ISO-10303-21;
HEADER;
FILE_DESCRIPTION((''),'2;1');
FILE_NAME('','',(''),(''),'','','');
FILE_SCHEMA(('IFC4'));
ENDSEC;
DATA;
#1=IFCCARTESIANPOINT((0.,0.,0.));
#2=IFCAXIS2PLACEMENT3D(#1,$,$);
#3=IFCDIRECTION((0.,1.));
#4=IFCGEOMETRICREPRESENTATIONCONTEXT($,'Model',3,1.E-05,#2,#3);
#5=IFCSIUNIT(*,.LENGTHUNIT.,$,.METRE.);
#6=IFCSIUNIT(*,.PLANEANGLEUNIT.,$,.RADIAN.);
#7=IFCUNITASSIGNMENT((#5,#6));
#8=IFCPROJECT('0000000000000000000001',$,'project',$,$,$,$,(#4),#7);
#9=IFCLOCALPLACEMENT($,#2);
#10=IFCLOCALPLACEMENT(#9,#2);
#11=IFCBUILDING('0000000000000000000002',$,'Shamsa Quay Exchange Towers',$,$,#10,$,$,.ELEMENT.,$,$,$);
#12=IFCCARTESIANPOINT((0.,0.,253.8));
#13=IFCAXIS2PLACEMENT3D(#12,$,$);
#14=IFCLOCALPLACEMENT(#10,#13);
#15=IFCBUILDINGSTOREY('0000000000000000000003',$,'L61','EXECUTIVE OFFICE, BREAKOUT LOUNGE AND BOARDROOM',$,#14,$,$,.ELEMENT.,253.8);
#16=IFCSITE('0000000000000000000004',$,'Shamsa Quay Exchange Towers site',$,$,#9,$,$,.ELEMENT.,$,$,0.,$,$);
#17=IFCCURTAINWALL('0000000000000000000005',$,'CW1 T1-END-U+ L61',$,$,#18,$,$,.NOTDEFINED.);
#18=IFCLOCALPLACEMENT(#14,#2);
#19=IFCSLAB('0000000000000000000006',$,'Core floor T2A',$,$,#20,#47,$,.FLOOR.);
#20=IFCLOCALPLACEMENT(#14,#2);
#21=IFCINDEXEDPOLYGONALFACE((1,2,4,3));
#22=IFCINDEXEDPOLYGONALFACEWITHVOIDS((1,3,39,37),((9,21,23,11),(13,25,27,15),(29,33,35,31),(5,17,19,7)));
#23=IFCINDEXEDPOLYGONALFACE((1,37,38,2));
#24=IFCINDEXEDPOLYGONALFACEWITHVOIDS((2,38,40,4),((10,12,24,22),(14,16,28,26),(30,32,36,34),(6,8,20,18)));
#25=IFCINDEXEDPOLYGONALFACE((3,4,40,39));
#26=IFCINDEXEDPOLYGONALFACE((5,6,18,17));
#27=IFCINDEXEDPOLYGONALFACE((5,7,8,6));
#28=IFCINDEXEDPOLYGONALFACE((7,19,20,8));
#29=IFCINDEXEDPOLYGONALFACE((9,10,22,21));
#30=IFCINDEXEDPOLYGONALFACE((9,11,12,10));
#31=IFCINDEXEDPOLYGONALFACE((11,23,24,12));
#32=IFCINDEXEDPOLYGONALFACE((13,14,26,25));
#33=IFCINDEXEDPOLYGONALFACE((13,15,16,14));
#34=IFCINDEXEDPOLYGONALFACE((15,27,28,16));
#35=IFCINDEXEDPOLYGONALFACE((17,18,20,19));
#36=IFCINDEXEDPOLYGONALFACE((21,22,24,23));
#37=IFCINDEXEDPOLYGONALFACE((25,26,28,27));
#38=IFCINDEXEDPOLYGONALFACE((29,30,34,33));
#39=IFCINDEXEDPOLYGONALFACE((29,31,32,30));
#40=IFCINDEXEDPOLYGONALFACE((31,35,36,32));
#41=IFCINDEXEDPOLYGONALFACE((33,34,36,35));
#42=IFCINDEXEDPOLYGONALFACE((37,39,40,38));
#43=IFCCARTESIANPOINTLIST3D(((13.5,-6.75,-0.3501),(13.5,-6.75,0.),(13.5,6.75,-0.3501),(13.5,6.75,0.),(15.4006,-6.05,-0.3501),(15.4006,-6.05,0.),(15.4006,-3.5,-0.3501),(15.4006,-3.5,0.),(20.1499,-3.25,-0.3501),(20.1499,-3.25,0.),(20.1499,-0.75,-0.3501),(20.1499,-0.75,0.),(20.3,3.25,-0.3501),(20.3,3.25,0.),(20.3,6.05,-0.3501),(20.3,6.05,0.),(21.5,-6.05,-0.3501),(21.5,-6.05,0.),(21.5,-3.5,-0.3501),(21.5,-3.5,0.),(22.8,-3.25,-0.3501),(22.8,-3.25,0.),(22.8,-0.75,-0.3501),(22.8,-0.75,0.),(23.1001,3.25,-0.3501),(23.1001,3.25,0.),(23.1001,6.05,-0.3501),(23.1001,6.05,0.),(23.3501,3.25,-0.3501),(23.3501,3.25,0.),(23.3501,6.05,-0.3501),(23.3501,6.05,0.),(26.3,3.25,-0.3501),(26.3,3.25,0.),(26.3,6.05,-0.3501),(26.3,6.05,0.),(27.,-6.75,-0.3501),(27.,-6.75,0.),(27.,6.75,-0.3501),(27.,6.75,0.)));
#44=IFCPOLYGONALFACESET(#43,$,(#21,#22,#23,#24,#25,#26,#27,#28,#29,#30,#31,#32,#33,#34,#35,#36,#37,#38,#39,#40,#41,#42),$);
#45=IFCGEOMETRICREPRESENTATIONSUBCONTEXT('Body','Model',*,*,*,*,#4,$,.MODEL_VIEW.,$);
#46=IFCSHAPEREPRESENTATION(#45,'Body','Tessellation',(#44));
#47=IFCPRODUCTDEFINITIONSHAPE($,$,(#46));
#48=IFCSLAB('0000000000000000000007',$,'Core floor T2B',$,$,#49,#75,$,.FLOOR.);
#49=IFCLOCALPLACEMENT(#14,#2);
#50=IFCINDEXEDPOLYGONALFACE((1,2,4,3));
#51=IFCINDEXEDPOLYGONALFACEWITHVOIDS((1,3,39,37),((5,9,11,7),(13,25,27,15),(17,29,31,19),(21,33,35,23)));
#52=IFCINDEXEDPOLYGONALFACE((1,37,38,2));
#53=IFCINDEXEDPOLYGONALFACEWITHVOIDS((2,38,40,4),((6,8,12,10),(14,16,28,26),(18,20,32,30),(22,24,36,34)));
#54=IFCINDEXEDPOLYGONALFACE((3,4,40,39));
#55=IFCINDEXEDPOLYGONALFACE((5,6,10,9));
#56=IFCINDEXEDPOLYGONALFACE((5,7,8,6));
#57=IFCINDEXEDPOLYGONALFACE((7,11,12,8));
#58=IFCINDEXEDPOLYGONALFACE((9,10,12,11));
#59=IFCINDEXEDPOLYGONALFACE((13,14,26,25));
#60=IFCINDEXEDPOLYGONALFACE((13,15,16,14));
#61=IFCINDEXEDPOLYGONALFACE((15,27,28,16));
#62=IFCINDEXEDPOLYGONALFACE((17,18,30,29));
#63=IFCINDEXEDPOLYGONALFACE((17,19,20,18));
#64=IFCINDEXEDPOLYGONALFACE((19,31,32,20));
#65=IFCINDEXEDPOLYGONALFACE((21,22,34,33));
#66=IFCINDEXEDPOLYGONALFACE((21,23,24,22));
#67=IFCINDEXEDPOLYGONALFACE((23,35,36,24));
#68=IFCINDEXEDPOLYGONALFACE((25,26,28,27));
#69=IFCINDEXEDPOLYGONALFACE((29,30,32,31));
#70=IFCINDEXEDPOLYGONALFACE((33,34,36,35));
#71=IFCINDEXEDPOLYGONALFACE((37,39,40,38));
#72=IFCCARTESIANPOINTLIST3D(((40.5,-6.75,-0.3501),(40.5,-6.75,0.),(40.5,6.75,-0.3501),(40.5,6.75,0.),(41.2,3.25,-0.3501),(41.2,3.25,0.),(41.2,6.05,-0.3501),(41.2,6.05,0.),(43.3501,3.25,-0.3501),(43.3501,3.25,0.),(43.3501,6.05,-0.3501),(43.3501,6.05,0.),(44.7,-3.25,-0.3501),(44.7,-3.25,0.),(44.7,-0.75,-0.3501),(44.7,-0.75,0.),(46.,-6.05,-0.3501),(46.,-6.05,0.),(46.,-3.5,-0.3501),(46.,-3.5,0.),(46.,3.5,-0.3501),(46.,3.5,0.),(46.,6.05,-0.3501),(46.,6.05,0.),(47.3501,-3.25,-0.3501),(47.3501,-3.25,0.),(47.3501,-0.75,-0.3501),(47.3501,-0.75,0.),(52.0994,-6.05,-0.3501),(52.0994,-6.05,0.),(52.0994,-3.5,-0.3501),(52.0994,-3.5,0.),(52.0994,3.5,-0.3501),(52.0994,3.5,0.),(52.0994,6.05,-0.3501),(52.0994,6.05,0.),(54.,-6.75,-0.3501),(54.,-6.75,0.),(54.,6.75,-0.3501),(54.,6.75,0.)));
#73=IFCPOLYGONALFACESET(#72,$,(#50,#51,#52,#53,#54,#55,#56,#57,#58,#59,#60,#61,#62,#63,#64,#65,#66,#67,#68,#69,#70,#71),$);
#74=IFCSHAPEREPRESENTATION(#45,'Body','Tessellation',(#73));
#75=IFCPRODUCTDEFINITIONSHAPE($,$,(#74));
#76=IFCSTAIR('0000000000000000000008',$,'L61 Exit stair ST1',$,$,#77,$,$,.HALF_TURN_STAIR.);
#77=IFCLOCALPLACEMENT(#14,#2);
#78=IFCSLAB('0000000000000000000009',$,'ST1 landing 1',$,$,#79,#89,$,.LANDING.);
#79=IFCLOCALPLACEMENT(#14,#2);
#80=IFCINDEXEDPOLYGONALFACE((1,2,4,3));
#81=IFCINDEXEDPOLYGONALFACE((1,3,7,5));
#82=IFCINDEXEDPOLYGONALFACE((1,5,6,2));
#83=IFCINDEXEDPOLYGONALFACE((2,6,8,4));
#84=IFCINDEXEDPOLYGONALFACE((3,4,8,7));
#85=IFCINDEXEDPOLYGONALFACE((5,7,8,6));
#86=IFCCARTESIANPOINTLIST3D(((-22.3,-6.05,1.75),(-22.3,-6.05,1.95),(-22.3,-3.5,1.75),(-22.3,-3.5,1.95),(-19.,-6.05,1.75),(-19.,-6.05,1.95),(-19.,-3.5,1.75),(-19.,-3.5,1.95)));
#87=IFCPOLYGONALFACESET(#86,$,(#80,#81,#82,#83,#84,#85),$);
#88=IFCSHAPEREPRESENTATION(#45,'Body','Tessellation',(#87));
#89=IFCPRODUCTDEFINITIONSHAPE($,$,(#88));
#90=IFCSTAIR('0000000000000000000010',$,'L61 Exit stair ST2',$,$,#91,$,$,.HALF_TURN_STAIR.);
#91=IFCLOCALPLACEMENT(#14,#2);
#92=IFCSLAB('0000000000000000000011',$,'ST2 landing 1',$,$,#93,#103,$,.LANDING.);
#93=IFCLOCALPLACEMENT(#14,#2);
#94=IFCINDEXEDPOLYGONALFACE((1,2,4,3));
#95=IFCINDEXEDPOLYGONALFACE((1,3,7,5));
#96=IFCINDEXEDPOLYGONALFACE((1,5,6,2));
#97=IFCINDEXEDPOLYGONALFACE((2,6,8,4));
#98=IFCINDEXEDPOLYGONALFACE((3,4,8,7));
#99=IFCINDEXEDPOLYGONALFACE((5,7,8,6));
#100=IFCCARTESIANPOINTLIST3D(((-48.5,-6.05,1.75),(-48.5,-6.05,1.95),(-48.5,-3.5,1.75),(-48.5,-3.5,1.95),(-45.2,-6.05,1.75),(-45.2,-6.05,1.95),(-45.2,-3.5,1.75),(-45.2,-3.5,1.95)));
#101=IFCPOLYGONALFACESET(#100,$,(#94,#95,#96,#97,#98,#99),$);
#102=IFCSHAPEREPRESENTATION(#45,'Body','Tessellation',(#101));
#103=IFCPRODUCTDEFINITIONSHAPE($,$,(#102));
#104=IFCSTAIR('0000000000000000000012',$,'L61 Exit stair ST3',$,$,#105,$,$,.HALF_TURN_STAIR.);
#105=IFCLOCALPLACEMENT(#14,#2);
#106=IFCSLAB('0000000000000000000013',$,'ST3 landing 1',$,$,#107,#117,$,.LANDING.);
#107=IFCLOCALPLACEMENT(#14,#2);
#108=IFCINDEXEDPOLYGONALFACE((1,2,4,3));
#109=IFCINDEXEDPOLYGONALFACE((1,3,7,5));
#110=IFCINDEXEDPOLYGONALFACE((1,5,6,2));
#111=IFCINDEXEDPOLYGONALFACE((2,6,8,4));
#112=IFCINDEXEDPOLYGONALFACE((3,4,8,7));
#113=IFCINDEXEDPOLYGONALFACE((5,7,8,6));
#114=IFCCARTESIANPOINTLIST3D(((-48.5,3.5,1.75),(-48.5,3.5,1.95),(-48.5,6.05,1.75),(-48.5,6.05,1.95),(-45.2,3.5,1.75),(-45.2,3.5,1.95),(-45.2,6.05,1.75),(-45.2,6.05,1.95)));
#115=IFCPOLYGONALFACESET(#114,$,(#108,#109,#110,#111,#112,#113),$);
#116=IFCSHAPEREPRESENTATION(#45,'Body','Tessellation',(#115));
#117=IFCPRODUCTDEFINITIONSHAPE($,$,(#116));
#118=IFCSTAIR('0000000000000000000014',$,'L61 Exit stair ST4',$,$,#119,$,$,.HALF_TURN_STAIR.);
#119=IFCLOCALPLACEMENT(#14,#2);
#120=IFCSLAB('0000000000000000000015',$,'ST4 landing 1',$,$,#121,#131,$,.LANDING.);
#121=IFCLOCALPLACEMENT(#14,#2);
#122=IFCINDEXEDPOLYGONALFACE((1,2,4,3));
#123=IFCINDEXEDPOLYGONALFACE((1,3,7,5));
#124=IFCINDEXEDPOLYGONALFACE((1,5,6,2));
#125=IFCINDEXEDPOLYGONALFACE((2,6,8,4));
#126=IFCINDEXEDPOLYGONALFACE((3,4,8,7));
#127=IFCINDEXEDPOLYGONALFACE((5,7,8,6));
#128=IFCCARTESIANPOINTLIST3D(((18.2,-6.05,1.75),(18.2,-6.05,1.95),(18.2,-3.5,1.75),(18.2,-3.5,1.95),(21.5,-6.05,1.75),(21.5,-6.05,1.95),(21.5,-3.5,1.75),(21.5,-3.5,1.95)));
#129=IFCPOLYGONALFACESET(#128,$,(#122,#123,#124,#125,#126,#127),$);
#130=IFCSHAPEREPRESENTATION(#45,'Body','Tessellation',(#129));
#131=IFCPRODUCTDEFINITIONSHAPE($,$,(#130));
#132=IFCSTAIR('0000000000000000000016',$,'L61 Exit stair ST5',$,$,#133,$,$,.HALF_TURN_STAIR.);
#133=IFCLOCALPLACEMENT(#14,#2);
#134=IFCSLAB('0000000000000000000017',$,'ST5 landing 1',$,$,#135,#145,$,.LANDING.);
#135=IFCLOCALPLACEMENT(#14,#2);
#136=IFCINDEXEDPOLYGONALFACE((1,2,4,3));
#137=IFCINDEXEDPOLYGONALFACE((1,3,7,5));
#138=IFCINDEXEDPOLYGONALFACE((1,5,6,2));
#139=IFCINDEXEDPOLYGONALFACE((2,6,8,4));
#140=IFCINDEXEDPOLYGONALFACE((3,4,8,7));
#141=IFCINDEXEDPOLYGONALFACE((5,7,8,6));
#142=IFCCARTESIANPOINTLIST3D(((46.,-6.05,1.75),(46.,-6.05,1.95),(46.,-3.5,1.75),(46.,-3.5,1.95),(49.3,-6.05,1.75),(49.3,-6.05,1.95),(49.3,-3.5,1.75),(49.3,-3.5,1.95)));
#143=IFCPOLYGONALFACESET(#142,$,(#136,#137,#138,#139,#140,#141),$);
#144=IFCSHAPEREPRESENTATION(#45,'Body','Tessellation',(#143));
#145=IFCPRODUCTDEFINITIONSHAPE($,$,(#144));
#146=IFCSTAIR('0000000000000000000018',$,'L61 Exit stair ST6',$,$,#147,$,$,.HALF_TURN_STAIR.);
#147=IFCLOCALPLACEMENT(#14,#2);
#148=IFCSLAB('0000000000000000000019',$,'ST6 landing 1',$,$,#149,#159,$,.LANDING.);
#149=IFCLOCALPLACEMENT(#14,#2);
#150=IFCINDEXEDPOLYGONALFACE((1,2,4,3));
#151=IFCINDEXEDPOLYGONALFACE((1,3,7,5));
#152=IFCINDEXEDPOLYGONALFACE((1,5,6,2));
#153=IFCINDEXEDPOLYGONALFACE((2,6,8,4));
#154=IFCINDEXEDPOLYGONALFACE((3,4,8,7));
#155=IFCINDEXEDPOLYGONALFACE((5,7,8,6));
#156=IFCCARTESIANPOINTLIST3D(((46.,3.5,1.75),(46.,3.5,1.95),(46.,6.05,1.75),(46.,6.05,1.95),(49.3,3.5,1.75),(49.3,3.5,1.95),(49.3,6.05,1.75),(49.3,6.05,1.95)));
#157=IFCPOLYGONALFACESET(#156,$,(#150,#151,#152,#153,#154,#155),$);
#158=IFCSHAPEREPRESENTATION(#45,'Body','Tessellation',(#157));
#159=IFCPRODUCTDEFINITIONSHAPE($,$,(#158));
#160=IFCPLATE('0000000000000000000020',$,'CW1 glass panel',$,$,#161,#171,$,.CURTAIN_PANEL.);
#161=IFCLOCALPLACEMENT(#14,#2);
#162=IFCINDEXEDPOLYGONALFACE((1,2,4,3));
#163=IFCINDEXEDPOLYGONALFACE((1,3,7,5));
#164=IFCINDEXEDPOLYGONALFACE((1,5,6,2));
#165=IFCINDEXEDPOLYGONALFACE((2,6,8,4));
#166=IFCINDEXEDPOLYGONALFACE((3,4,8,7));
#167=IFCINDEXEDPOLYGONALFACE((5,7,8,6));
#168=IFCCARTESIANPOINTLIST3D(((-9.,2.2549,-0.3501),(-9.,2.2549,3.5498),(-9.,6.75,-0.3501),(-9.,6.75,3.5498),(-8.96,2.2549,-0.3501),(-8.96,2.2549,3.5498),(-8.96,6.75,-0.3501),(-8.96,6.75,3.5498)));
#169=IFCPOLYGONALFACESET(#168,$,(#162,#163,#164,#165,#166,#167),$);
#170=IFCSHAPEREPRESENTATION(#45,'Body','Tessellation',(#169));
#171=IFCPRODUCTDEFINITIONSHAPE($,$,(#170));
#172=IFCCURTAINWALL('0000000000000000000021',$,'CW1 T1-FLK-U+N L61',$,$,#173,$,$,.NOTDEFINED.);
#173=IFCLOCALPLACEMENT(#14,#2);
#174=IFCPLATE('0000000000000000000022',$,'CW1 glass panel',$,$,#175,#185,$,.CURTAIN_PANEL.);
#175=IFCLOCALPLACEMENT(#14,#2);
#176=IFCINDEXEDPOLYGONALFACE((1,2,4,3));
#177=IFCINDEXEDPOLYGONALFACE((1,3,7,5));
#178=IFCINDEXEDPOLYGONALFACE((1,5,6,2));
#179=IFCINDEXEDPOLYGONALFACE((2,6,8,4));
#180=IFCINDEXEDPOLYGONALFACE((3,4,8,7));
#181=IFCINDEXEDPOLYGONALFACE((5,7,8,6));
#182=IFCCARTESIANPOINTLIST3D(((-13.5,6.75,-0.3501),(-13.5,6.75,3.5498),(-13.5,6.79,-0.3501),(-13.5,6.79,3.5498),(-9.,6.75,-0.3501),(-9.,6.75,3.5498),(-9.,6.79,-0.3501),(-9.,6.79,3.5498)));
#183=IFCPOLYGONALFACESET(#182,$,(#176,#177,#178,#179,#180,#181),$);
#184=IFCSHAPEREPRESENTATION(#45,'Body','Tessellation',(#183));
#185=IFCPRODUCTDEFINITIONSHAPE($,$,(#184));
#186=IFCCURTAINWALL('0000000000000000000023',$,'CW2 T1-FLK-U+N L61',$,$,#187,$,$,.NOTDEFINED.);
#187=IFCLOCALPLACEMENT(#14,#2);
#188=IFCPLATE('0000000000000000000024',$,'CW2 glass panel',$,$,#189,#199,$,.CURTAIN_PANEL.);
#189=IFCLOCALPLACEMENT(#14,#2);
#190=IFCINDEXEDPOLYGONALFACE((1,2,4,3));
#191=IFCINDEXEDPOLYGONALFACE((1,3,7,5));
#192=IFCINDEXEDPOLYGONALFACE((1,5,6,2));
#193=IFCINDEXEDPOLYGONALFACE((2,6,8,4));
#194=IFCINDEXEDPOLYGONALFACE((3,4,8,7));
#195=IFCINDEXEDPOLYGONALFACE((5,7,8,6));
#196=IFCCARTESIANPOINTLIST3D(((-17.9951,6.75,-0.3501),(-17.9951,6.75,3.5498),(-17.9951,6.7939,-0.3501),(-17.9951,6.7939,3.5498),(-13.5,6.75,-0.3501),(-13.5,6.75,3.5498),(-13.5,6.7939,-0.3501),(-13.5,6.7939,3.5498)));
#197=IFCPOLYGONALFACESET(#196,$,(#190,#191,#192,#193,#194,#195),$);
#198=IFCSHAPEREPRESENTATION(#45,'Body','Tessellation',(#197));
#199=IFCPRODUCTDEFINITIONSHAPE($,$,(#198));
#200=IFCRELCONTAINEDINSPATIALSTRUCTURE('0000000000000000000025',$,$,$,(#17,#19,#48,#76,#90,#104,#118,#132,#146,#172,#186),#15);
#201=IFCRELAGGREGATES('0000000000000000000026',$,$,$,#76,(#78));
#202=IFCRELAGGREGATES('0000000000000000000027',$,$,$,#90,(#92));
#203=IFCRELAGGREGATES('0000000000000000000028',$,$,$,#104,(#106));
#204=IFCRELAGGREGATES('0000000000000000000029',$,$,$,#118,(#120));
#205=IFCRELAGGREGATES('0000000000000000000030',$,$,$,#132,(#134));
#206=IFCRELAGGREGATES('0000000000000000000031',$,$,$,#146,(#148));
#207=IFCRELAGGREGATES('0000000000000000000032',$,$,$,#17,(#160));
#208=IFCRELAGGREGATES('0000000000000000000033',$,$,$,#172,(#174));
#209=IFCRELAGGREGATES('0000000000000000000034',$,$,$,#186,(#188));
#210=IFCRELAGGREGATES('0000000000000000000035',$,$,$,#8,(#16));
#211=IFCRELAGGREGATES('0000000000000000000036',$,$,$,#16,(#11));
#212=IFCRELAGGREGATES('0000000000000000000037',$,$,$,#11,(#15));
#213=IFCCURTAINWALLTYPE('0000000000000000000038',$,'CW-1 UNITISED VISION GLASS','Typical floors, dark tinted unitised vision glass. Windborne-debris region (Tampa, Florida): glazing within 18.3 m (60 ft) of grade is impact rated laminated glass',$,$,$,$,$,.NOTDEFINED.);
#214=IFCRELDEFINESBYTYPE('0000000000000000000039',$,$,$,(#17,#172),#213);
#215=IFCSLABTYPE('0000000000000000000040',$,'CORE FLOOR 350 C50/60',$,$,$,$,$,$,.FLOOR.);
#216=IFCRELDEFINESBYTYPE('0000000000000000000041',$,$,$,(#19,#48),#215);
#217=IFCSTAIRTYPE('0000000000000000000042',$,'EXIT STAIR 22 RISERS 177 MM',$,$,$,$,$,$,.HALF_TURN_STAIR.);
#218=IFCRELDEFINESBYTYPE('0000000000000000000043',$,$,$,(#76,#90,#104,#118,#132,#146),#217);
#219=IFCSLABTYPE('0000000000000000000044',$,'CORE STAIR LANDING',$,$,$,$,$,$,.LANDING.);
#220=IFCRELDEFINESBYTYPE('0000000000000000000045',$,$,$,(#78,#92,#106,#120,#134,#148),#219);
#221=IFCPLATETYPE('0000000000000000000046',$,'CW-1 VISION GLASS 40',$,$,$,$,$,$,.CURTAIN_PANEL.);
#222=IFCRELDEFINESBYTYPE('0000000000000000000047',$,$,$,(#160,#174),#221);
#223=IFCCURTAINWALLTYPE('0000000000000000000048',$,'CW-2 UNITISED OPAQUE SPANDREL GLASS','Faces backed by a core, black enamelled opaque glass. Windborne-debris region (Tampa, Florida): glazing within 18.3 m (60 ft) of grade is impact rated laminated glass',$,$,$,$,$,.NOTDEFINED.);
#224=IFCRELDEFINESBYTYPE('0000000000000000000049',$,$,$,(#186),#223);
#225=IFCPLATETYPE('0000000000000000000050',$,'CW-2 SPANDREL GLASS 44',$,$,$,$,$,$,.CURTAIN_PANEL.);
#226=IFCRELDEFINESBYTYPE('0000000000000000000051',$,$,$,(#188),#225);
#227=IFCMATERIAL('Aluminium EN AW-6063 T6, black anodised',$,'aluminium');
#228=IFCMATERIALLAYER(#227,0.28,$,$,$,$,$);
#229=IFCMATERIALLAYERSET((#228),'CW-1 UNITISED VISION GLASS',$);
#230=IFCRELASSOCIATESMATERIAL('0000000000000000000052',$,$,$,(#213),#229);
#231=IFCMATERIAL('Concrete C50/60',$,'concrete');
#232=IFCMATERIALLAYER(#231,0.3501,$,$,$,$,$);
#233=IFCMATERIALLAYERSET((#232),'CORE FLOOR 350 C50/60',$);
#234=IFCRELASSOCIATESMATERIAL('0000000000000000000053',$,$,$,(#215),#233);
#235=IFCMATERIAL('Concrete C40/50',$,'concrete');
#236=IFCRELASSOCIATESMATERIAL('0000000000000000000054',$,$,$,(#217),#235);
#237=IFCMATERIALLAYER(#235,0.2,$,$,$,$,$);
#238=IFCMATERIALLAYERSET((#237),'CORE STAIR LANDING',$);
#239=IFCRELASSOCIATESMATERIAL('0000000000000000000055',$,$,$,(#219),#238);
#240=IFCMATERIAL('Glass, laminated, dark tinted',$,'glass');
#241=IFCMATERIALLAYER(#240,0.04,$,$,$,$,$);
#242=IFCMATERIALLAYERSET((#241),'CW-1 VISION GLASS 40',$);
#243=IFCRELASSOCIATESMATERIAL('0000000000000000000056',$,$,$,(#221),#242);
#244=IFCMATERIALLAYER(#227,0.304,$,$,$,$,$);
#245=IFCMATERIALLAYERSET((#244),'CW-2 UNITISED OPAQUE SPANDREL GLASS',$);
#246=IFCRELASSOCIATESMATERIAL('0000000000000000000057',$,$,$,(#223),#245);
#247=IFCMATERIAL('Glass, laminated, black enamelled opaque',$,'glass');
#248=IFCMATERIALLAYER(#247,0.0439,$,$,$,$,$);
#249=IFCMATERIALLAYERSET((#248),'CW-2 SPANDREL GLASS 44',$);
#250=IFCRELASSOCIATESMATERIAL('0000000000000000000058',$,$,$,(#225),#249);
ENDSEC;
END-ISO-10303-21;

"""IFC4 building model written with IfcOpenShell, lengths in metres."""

from ifc_helpers import new_model, si_unit, direction, frame, origin, origin_2d, place, context, subcontext, project, spatial, polyline, rectangle, outline, extrude, material, layer, layer_set, type_object, element, aggregate, save


model = new_model("IFC4")

# Units and contexts
model_context = context("Model", 3, precision=1e-05, world=origin(), true_north=direction((0.0, 1.0)))
body_context = subcontext(model_context, "Body", "Model", "MODEL_VIEW")
ifc_project = project(units=[si_unit("LENGTHUNIT", "METRE"), si_unit("PLANEANGLEUNIT", "RADIAN")], contexts=[model_context])

# Site, building, storey
site_placement = place(None, origin())
site = spatial("IfcSite", under=ifc_project, at=site_placement, Name="Shamsa Quay Exchange Towers site", CompositionType="ELEMENT", RefElevation=0.0)
building_placement = place(site_placement, origin())
building = spatial("IfcBuilding", under=site, at=building_placement, Name="Shamsa Quay Exchange Towers", CompositionType="ELEMENT")
storey_placement = place(building_placement, frame((0.0, 0.0, 253.8)))
storey = spatial("IfcBuildingStorey", under=building, at=storey_placement, Name="L61", Description="EXECUTIVE OFFICE, BREAKOUT LOUNGE AND BOARDROOM", CompositionType="ELEMENT", Elevation=253.8)

# Curtain wall
ifc_material_1 = material(Name="Aluminium EN AW-6063 T6, black anodised", Category="aluminium")
ifc_layer_1 = layer(ifc_material_1, 0.28)
ifc_layer_set_1 = layer_set([ifc_layer_1], Name="CW-1 UNITISED VISION GLASS")
curtain_wall_type_1 = type_object("IfcCurtainWallType", Name="CW-1 UNITISED VISION GLASS", Description="Typical floors, dark tinted unitised vision glass. Windborne-debris region (Tampa, Florida): glazing within 18.3 m (60 ft) of grade is impact rated laminated glass", PredefinedType="NOTDEFINED", material=ifc_layer_set_1)
curtain_wall_1_placement = place(storey_placement, origin())
curtain_wall_1 = element("IfcCurtainWall", 1, at=curtain_wall_1_placement, inside=storey, type_object=curtain_wall_type_1, Name="CW1 T1-END-U+ L61", PredefinedType="NOTDEFINED")

# Slabs
ifc_material_2 = material(Name="Concrete C50/60", Category="concrete")
ifc_layer_2 = layer(ifc_material_2, 0.3501)
ifc_layer_set_2 = layer_set([ifc_layer_2], Name="CORE FLOOR 350 C50/60")
slab_type_1 = type_object("IfcSlabType", Name="CORE FLOOR 350 C50/60", PredefinedType="FLOOR", material=ifc_layer_set_2)
slab_1_placement = place(storey_placement, frame((0.0, 0.0, -0.3501)))
element("IfcSlab", 2, at=slab_1_placement, inside=storey, type_object=slab_type_1, Name="Core floor T2A", PredefinedType="FLOOR", context=body_context, shape_type="SweptSolid", body=[
    extrude(outline(polyline([(13.5, -6.75), (27.0, -6.75), (27.0, 6.75), (13.5, 6.75), (13.5, -6.75)]), holes=[polyline([(15.4006, -6.05), (15.4006, -3.5), (21.5, -3.5), (21.5, -6.05), (15.4006, -6.05)]), polyline([(20.3, 3.25), (20.3, 6.05), (23.1001, 6.05), (23.1001, 3.25), (20.3, 3.25)]), polyline([(23.3501, 3.25), (23.3501, 6.05), (26.3, 6.05), (26.3, 3.25), (23.3501, 3.25)]), polyline([(20.1499, -3.25), (20.1499, -0.75), (22.8, -0.75), (22.8, -3.25), (20.1499, -3.25)])]), origin(), (0.0, 0.0, 1.0), 0.3501),
])
slab_2_placement = place(storey_placement, frame((0.0, 0.0, -0.3501)))
element("IfcSlab", 3, at=slab_2_placement, inside=storey, type_object=slab_type_1, Name="Core floor T2B", PredefinedType="FLOOR", context=body_context, shape_type="SweptSolid", body=[
    extrude(outline(polyline([(54.0, -6.75), (54.0, 6.75), (40.5, 6.75), (40.5, -6.75), (54.0, -6.75)]), holes=[polyline([(52.0994, -3.5), (52.0994, -6.05), (46.0, -6.05), (46.0, -3.5), (52.0994, -3.5)]), polyline([(52.0994, 6.05), (52.0994, 3.5), (46.0, 3.5), (46.0, 6.05), (52.0994, 6.05)]), polyline([(43.3501, 3.25), (41.2, 3.25), (41.2, 6.05), (43.3501, 6.05), (43.3501, 3.25)]), polyline([(47.3501, -3.25), (44.7, -3.25), (44.7, -0.75), (47.3501, -0.75), (47.3501, -3.25)])]), origin(), (0.0, 0.0, 1.0), 0.3501),
])

# Stairs, slabs
ifc_material_3 = material(Name="Concrete C40/50", Category="concrete")
stair_type = type_object("IfcStairType", Name="EXIT STAIR 22 RISERS 177 MM", PredefinedType="HALF_TURN_STAIR", material=ifc_material_3)
stair_1_placement = place(storey_placement, origin())
stair_1 = element("IfcStair", 4, at=stair_1_placement, inside=storey, type_object=stair_type, Name="L61 Exit stair ST1", PredefinedType="HALF_TURN_STAIR")
ifc_layer_3 = layer(ifc_material_3, 0.2)
ifc_layer_set_3 = layer_set([ifc_layer_3], Name="CORE STAIR LANDING")
slab_type_2 = type_object("IfcSlabType", Name="CORE STAIR LANDING", PredefinedType="LANDING", material=ifc_layer_set_3)
slab_3_placement = place(storey_placement, frame((0.0, 0.0, 1.75)))
slab_3 = element("IfcSlab", 5, at=slab_3_placement, type_object=slab_type_2, Name="ST1 landing 1", PredefinedType="LANDING", context=body_context, shape_type="SweptSolid", body=[
    extrude(outline(polyline([(-22.3, -6.05), (-19.0, -6.05), (-19.0, -3.5), (-22.3, -3.5), (-22.3, -6.05)])), origin(), (0.0, 0.0, 1.0), 0.2),
])
aggregate(stair_1, [slab_3])
stair_2_placement = place(storey_placement, origin())
stair_2 = element("IfcStair", 6, at=stair_2_placement, inside=storey, type_object=stair_type, Name="L61 Exit stair ST2", PredefinedType="HALF_TURN_STAIR")
slab_4_placement = place(storey_placement, frame((0.0, 0.0, 1.75)))
slab_4 = element("IfcSlab", 7, at=slab_4_placement, type_object=slab_type_2, Name="ST2 landing 1", PredefinedType="LANDING", context=body_context, shape_type="SweptSolid", body=[
    extrude(outline(polyline([(-45.2, -3.5), (-48.5, -3.5), (-48.5, -6.05), (-45.2, -6.05), (-45.2, -3.5)])), origin(), (0.0, 0.0, 1.0), 0.2),
])
aggregate(stair_2, [slab_4])
stair_3_placement = place(storey_placement, origin())
stair_3 = element("IfcStair", 8, at=stair_3_placement, inside=storey, type_object=stair_type, Name="L61 Exit stair ST3", PredefinedType="HALF_TURN_STAIR")
slab_5_placement = place(storey_placement, frame((0.0, 0.0, 1.75)))
slab_5 = element("IfcSlab", 9, at=slab_5_placement, type_object=slab_type_2, Name="ST3 landing 1", PredefinedType="LANDING", context=body_context, shape_type="SweptSolid", body=[
    extrude(outline(polyline([(-45.2, 6.05), (-48.5, 6.05), (-48.5, 3.5), (-45.2, 3.5), (-45.2, 6.05)])), origin(), (0.0, 0.0, 1.0), 0.2),
])
aggregate(stair_3, [slab_5])
stair_4_placement = place(storey_placement, origin())
stair_4 = element("IfcStair", 10, at=stair_4_placement, inside=storey, type_object=stair_type, Name="L61 Exit stair ST4", PredefinedType="HALF_TURN_STAIR")
slab_6_placement = place(storey_placement, frame((0.0, 0.0, 1.75)))
slab_6 = element("IfcSlab", 11, at=slab_6_placement, type_object=slab_type_2, Name="ST4 landing 1", PredefinedType="LANDING", context=body_context, shape_type="SweptSolid", body=[
    extrude(outline(polyline([(18.2, -6.05), (21.5, -6.05), (21.5, -3.5), (18.2, -3.5), (18.2, -6.05)])), origin(), (0.0, 0.0, 1.0), 0.2),
])
aggregate(stair_4, [slab_6])
stair_5_placement = place(storey_placement, origin())
stair_5 = element("IfcStair", 12, at=stair_5_placement, inside=storey, type_object=stair_type, Name="L61 Exit stair ST5", PredefinedType="HALF_TURN_STAIR")
slab_7_placement = place(storey_placement, frame((0.0, 0.0, 1.75)))
slab_7 = element("IfcSlab", 13, at=slab_7_placement, type_object=slab_type_2, Name="ST5 landing 1", PredefinedType="LANDING", context=body_context, shape_type="SweptSolid", body=[
    extrude(outline(polyline([(49.3, -3.5), (46.0, -3.5), (46.0, -6.05), (49.3, -6.05), (49.3, -3.5)])), origin(), (0.0, 0.0, 1.0), 0.2),
])
aggregate(stair_5, [slab_7])
stair_6_placement = place(storey_placement, origin())
stair_6 = element("IfcStair", 14, at=stair_6_placement, inside=storey, type_object=stair_type, Name="L61 Exit stair ST6", PredefinedType="HALF_TURN_STAIR")
slab_8_placement = place(storey_placement, frame((0.0, 0.0, 1.75)))
slab_8 = element("IfcSlab", 15, at=slab_8_placement, type_object=slab_type_2, Name="ST6 landing 1", PredefinedType="LANDING", context=body_context, shape_type="SweptSolid", body=[
    extrude(outline(polyline([(49.3, 6.05), (46.0, 6.05), (46.0, 3.5), (49.3, 3.5), (49.3, 6.05)])), origin(), (0.0, 0.0, 1.0), 0.2),
])
aggregate(stair_6, [slab_8])

# Plate
ifc_material_4 = material(Name="Glass, laminated, dark tinted", Category="glass")
ifc_layer_4 = layer(ifc_material_4, 0.04)
ifc_layer_set_4 = layer_set([ifc_layer_4], Name="CW-1 VISION GLASS 40")
plate_type_1 = type_object("IfcPlateType", Name="CW-1 VISION GLASS 40", PredefinedType="CURTAIN_PANEL", material=ifc_layer_set_4)
plate_1_placement = place(storey_placement, frame((-8.98, 4.5024, -0.3501), z_axis=(0.0, 0.0, 1.0), x_axis=(0.0, 1.0, 0.0)))
plate_1 = element("IfcPlate", 16, at=plate_1_placement, type_object=plate_type_1, Name="CW1 glass panel", PredefinedType="CURTAIN_PANEL", context=body_context, shape_type="SweptSolid", body=[
    extrude(rectangle(XDim=4.4951, YDim=0.04, at=origin_2d()), origin(), (0.0, 0.0, 1.0), 3.8999),
])
aggregate(curtain_wall_1, [plate_1])

# Curtain wall, plate
curtain_wall_2_placement = place(storey_placement, origin())
curtain_wall_2 = element("IfcCurtainWall", 17, at=curtain_wall_2_placement, inside=storey, type_object=curtain_wall_type_1, Name="CW1 T1-FLK-U+N L61", PredefinedType="NOTDEFINED")
plate_2_placement = place(storey_placement, frame((-11.25, 6.77, -0.3501), z_axis=(0.0, 0.0, 1.0), x_axis=(-1.0, 0.0, 0.0)))
plate_2 = element("IfcPlate", 18, at=plate_2_placement, type_object=plate_type_1, Name="CW1 glass panel", PredefinedType="CURTAIN_PANEL", context=body_context, shape_type="SweptSolid", body=[
    extrude(rectangle(XDim=4.5, YDim=0.04, at=origin_2d()), origin(), (0.0, 0.0, 1.0), 3.8999),
])
aggregate(curtain_wall_2, [plate_2])

# Curtain wall, plate
ifc_layer_5 = layer(ifc_material_1, 0.304)
ifc_layer_set_5 = layer_set([ifc_layer_5], Name="CW-2 UNITISED OPAQUE SPANDREL GLASS")
curtain_wall_type_2 = type_object("IfcCurtainWallType", Name="CW-2 UNITISED OPAQUE SPANDREL GLASS", Description="Faces backed by a core, black enamelled opaque glass. Windborne-debris region (Tampa, Florida): glazing within 18.3 m (60 ft) of grade is impact rated laminated glass", PredefinedType="NOTDEFINED", material=ifc_layer_set_5)
curtain_wall_3_placement = place(storey_placement, origin())
curtain_wall_3 = element("IfcCurtainWall", 19, at=curtain_wall_3_placement, inside=storey, type_object=curtain_wall_type_2, Name="CW2 T1-FLK-U+N L61", PredefinedType="NOTDEFINED")
ifc_material_5 = material(Name="Glass, laminated, black enamelled opaque", Category="glass")
ifc_layer_6 = layer(ifc_material_5, 0.0439)
ifc_layer_set_6 = layer_set([ifc_layer_6], Name="CW-2 SPANDREL GLASS 44")
plate_type_2 = type_object("IfcPlateType", Name="CW-2 SPANDREL GLASS 44", PredefinedType="CURTAIN_PANEL", material=ifc_layer_set_6)
plate_3_placement = place(storey_placement, frame((-15.7476, 6.772, -0.3501), z_axis=(0.0, 0.0, 1.0), x_axis=(-1.0, 0.0, 0.0)))
plate_3 = element("IfcPlate", 20, at=plate_3_placement, type_object=plate_type_2, Name="CW2 glass panel", PredefinedType="CURTAIN_PANEL", context=body_context, shape_type="SweptSolid", body=[
    extrude(rectangle(XDim=4.4951, YDim=0.0439, at=origin_2d()), origin(), (0.0, 0.0, 1.0), 3.8999),
])
aggregate(curtain_wall_3, [plate_3])

save(model, "model.ifc")
